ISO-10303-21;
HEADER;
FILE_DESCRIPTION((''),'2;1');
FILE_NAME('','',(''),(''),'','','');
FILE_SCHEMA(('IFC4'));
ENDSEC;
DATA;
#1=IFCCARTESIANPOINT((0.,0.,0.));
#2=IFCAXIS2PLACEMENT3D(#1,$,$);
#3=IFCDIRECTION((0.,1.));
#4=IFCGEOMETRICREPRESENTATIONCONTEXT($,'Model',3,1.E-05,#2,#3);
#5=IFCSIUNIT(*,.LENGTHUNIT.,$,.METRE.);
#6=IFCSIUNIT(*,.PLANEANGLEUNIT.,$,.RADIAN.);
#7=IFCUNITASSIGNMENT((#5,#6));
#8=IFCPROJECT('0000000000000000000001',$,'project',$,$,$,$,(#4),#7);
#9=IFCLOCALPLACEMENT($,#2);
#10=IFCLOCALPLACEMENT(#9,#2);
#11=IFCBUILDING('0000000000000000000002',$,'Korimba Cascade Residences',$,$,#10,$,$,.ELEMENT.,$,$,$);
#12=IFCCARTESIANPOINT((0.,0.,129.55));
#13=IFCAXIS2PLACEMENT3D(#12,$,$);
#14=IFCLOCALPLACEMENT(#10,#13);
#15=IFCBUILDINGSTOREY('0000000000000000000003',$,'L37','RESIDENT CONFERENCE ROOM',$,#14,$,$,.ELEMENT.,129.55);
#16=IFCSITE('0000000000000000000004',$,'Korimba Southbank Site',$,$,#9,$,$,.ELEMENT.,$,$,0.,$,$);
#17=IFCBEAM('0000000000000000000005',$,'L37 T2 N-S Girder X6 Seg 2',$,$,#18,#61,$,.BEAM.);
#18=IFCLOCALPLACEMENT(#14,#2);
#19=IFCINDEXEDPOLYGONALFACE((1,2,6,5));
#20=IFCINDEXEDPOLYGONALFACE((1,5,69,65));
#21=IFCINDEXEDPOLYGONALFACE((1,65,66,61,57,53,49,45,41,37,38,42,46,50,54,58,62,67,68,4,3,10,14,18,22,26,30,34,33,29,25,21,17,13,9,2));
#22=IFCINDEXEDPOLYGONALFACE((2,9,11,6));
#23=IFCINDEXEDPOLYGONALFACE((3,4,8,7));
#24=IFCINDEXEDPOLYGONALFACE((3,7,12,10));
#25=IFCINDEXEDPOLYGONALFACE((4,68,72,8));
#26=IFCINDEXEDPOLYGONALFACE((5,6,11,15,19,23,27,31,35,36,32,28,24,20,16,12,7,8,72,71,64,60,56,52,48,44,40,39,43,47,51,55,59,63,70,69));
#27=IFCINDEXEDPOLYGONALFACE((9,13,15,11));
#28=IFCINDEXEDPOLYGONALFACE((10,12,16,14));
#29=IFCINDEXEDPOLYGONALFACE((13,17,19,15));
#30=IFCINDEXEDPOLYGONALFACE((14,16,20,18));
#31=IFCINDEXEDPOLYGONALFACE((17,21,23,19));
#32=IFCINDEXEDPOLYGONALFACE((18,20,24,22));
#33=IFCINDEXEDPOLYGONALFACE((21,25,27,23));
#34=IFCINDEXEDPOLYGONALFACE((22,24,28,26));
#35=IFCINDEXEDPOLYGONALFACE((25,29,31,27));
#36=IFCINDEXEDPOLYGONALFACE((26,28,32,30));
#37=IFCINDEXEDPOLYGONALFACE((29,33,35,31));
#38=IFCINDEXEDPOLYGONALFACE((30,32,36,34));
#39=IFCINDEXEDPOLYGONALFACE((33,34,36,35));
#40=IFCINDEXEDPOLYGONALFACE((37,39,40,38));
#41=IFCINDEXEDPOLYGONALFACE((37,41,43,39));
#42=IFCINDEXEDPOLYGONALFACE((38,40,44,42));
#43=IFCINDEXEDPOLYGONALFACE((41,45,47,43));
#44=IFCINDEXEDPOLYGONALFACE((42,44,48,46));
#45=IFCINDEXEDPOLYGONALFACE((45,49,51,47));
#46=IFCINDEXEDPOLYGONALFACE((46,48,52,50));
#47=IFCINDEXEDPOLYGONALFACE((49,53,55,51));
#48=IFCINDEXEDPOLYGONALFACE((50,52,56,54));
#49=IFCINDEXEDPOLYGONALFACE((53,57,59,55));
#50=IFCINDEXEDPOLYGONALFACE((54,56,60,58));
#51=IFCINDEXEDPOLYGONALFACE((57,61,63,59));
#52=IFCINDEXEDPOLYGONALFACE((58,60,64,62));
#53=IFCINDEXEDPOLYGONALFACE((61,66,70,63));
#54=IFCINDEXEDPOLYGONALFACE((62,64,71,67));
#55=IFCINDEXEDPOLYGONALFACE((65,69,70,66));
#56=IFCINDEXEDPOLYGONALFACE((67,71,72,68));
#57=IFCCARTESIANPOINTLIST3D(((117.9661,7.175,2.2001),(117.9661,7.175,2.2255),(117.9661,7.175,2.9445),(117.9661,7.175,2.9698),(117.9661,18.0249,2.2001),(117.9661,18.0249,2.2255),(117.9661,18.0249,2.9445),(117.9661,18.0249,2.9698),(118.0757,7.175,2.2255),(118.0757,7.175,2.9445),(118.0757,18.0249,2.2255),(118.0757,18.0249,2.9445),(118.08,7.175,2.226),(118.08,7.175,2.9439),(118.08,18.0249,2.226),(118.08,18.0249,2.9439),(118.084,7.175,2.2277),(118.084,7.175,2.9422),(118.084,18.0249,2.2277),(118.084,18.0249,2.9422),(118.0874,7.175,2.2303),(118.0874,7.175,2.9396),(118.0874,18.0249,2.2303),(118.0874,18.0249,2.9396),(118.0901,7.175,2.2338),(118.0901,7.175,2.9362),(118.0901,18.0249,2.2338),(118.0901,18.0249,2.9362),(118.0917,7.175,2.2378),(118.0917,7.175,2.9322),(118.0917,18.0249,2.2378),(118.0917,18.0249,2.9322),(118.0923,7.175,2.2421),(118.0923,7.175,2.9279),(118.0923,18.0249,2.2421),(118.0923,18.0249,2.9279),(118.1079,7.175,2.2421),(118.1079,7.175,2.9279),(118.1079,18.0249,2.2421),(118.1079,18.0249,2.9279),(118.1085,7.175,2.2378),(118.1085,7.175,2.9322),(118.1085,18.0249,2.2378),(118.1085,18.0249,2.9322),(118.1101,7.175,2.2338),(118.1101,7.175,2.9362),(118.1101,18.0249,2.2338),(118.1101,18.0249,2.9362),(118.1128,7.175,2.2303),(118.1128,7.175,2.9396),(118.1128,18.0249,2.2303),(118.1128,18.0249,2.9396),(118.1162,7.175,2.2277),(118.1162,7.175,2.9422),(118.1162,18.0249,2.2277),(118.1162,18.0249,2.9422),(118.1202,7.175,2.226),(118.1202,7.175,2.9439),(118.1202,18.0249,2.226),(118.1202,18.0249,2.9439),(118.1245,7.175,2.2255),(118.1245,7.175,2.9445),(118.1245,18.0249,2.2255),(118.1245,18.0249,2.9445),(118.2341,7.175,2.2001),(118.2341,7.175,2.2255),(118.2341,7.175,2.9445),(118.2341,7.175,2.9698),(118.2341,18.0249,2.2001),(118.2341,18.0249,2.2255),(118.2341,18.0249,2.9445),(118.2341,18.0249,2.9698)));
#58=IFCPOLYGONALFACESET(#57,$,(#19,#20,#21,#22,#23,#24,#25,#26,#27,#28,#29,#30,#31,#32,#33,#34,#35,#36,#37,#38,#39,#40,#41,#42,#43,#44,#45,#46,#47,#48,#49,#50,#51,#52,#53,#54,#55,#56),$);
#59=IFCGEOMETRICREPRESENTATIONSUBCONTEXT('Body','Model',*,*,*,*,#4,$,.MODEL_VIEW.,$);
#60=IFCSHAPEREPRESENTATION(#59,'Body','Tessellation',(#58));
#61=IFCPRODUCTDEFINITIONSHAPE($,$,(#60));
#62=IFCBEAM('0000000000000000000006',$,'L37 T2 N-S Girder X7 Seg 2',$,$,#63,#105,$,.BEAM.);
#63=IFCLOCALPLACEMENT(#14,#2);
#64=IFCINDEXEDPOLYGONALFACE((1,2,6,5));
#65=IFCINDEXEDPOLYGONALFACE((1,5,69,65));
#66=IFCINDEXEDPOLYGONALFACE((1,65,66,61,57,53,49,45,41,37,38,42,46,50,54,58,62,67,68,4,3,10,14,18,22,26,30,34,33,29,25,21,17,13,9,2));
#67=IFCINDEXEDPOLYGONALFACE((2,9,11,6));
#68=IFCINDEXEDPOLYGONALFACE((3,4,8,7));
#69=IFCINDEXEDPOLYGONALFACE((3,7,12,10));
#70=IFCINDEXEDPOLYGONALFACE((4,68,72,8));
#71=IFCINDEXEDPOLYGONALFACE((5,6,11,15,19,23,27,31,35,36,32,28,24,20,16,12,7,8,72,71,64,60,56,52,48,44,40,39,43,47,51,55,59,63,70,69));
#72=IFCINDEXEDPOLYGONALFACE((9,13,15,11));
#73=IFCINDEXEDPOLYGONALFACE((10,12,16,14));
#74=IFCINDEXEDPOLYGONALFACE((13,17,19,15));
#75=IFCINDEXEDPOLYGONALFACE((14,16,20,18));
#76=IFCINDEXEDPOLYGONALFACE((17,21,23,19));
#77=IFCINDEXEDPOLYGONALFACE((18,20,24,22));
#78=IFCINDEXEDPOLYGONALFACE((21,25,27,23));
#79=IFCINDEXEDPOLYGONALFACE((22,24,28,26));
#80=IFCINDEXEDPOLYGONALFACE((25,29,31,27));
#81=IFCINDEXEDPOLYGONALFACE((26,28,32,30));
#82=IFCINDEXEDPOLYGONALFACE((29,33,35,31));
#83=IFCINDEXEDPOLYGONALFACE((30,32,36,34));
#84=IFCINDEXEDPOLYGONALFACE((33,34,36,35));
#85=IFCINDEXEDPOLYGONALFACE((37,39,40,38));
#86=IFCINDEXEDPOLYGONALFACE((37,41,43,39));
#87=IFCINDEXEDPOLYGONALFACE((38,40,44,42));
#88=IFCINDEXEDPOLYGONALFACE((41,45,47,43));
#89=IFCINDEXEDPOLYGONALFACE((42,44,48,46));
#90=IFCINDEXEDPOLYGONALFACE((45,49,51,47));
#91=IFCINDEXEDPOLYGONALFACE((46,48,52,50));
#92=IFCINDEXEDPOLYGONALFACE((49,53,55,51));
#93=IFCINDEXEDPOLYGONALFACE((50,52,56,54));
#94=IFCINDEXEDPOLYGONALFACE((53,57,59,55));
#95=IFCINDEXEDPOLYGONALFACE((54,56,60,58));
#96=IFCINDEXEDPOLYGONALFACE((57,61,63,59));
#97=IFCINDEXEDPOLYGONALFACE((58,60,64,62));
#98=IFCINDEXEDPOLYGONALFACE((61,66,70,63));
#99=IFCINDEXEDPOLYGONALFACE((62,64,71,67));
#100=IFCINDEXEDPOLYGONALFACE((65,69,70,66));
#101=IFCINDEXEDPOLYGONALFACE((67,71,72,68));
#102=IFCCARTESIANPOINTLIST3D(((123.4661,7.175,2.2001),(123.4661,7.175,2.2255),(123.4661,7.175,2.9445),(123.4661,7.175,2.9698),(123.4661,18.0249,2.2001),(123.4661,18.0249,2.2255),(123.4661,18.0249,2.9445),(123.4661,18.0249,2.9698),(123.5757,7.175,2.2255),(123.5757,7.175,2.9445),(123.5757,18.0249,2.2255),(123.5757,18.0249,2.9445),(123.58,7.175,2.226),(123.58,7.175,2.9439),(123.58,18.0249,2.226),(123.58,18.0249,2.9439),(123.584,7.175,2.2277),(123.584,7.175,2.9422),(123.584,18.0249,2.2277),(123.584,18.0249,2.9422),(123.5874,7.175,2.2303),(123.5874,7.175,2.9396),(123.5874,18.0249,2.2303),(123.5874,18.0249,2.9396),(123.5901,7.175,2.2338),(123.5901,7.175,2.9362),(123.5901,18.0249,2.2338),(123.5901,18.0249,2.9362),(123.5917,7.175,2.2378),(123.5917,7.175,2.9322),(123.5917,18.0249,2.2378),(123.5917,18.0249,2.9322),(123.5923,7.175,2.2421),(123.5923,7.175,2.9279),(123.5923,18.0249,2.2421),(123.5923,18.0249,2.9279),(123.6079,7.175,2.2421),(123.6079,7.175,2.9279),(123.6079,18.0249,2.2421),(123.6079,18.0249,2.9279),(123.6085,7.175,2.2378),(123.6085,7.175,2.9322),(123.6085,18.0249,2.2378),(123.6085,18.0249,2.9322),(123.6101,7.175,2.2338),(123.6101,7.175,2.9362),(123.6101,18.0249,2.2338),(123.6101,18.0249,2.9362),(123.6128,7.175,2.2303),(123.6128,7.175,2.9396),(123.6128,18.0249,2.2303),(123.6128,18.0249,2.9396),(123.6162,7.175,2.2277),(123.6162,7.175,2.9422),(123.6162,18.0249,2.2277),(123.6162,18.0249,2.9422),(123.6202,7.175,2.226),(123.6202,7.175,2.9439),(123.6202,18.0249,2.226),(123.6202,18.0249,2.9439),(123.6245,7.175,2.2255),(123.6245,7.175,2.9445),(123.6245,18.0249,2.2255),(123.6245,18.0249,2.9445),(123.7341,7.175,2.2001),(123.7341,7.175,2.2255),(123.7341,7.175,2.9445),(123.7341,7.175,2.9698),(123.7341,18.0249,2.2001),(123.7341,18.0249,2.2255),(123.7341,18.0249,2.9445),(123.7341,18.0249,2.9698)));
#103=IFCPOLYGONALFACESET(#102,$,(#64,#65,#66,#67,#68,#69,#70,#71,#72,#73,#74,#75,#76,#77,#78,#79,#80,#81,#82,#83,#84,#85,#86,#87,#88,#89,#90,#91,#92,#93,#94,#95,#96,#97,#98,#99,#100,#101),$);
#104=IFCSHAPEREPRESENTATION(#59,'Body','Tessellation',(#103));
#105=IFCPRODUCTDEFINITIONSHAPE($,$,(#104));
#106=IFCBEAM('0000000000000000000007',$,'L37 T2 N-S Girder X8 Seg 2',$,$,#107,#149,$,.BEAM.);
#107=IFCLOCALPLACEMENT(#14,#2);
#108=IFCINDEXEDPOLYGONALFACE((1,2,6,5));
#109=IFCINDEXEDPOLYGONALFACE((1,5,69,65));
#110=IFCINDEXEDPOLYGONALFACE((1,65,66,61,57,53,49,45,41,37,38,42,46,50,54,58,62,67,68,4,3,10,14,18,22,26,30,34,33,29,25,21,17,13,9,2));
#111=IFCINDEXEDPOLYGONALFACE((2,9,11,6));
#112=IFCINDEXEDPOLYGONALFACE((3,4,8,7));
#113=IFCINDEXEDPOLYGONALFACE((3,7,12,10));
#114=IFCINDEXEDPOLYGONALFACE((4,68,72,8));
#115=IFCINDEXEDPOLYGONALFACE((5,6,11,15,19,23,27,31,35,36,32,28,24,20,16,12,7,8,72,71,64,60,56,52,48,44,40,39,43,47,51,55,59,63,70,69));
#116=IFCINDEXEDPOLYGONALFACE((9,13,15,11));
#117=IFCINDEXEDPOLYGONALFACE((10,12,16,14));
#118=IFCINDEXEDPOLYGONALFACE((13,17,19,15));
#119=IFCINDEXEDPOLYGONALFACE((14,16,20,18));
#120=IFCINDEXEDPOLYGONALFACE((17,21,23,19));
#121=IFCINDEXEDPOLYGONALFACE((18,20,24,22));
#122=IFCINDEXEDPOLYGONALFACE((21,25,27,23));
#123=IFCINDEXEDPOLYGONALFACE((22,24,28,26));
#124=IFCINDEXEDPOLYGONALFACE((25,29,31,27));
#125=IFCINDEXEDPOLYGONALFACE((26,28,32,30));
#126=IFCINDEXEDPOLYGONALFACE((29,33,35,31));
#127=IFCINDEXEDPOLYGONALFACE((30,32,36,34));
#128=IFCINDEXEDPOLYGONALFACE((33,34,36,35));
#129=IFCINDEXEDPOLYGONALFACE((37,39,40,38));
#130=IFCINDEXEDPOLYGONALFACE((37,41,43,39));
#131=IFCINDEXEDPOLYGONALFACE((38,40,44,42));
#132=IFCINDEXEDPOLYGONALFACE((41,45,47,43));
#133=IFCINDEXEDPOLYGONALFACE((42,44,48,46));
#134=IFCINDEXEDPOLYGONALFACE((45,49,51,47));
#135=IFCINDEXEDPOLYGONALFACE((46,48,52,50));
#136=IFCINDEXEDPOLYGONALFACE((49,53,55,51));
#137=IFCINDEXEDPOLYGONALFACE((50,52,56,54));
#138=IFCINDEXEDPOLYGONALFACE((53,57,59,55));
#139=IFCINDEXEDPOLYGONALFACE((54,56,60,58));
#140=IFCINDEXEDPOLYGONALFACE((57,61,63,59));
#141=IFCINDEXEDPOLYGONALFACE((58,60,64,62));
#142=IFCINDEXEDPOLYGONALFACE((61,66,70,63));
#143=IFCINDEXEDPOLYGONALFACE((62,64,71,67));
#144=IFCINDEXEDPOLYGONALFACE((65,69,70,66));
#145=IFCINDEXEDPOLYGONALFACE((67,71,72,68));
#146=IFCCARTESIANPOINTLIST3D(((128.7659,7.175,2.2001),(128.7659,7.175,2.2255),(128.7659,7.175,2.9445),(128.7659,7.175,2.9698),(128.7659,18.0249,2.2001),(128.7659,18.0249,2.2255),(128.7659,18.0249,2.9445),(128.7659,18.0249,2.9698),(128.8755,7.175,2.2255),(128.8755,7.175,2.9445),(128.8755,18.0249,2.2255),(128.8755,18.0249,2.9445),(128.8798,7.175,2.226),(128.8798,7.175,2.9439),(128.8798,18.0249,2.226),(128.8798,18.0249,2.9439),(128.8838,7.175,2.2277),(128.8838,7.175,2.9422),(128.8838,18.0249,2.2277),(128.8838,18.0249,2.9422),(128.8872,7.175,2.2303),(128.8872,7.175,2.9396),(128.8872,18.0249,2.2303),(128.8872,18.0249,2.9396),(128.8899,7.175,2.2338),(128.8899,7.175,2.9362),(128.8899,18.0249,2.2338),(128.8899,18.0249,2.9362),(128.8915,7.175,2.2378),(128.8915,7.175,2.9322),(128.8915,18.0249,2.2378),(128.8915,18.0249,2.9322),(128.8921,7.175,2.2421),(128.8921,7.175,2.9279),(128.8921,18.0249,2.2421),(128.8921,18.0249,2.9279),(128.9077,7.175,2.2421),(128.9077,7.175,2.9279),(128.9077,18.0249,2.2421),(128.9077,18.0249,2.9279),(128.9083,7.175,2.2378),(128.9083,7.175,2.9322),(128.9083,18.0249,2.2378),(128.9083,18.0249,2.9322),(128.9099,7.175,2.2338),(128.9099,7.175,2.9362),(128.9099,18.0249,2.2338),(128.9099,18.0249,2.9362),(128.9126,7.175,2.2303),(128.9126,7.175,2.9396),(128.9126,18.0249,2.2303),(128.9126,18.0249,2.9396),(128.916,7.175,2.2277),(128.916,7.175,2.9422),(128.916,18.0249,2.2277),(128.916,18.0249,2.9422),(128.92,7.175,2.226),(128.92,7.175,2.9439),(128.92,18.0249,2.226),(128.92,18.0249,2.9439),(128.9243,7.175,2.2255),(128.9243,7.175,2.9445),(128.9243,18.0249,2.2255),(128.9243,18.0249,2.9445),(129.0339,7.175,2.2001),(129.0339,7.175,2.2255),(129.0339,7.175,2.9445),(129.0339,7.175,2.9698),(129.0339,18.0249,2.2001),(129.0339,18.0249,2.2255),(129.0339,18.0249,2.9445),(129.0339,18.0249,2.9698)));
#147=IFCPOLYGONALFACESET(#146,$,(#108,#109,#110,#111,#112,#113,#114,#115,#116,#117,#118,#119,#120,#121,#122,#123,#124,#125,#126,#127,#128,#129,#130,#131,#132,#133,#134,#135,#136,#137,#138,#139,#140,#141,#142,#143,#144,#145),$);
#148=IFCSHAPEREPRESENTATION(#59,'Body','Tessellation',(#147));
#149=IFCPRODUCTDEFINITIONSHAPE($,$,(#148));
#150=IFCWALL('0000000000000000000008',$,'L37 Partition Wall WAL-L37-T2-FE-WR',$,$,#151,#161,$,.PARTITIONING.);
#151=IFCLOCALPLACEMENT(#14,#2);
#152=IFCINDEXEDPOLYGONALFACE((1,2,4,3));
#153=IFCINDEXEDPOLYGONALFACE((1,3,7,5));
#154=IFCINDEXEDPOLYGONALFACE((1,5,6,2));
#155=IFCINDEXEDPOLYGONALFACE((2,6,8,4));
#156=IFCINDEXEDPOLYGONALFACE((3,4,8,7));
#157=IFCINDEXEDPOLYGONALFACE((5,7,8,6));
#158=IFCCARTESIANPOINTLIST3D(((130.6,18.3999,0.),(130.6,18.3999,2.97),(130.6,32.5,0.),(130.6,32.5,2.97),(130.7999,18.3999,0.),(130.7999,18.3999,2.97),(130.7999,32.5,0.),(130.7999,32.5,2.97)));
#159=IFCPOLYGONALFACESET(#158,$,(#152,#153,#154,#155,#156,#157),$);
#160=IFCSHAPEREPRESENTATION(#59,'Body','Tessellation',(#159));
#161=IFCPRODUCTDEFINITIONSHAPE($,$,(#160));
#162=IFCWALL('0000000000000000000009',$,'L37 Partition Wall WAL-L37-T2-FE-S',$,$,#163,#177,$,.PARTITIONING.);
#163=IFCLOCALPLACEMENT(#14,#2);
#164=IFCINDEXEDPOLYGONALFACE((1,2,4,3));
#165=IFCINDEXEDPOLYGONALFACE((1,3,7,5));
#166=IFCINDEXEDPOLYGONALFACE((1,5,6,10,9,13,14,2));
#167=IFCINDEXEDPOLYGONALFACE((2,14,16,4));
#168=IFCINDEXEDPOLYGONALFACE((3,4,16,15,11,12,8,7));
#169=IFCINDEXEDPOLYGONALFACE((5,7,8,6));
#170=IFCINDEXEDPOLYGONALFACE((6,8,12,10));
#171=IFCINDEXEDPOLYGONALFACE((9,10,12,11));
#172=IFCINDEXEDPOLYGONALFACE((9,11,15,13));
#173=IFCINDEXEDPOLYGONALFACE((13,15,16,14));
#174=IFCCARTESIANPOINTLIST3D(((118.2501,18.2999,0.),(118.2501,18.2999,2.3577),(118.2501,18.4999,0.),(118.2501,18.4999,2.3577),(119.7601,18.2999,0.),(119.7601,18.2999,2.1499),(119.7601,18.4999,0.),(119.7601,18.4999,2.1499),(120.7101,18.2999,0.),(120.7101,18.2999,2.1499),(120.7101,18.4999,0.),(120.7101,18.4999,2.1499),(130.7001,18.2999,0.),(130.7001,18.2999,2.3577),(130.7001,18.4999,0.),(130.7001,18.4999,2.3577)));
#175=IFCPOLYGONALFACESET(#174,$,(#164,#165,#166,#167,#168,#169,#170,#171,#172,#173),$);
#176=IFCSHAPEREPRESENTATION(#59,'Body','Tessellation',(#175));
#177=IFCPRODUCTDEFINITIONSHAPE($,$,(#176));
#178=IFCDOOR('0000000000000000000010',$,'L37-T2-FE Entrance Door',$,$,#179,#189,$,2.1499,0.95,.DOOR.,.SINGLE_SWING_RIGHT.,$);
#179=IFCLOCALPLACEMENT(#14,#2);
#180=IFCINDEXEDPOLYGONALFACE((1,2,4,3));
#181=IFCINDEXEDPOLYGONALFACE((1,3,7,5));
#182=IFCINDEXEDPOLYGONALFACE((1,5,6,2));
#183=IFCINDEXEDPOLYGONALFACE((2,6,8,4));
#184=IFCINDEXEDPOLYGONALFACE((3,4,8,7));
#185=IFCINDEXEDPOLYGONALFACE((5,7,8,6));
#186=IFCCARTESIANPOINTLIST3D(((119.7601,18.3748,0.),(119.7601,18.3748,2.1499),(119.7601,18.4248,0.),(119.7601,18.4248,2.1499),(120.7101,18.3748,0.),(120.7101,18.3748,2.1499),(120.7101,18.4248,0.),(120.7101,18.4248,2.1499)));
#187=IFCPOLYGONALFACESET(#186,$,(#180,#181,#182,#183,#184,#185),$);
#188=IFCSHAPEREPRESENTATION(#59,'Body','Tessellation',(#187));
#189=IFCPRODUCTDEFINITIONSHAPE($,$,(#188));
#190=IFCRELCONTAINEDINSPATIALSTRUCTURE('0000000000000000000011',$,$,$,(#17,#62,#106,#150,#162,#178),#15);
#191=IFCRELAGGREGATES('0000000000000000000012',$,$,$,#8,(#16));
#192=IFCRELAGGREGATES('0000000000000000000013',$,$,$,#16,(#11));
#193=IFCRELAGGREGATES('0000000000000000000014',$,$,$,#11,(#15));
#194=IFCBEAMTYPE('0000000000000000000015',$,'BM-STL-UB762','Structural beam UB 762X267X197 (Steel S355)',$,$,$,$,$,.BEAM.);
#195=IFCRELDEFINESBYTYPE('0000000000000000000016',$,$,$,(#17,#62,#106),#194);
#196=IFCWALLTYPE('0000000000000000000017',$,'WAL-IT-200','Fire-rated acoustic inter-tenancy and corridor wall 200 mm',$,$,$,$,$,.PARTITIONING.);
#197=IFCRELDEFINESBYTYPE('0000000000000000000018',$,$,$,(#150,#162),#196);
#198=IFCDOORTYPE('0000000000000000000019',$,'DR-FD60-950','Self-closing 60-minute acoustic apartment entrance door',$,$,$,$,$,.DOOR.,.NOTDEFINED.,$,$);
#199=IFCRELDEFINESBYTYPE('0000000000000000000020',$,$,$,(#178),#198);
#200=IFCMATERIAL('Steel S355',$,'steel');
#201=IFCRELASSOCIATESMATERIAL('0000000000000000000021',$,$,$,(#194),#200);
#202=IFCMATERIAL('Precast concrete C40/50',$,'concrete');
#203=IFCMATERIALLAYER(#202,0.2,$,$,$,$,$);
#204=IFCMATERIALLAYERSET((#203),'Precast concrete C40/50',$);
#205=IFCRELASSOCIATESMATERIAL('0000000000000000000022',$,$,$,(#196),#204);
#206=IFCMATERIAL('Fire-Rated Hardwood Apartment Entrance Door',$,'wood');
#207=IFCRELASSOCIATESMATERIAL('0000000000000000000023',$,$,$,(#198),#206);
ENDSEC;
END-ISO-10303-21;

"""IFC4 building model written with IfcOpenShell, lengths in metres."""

from ifc_helpers import new_model, si_unit, direction, frame, frame_2d, origin, origin_2d, place, context, subcontext, project, spatial, rectangle, i_section, extrude, material, layer, layer_set, material_profile, profile_set, type_object, element, fill, save


model = new_model("IFC4")

# Units and contexts
model_context = context("Model", 3, precision=1e-05, world=origin(), true_north=direction((0.0, 1.0)))
body_context = subcontext(model_context, "Body", "Model", "MODEL_VIEW")
ifc_project = project(units=[si_unit("LENGTHUNIT", "METRE"), si_unit("PLANEANGLEUNIT", "RADIAN")], contexts=[model_context])

# Site, building, storey
site_placement = place(None, origin())
site = spatial("IfcSite", under=ifc_project, at=site_placement, Name="Korimba Southbank Site", CompositionType="ELEMENT", RefElevation=0.0)
building_placement = place(site_placement, origin())
building = spatial("IfcBuilding", under=site, at=building_placement, Name="Korimba Cascade Residences", CompositionType="ELEMENT")
storey_placement = place(building_placement, frame((0.0, 0.0, 129.55)))
storey = spatial("IfcBuildingStorey", under=building, at=storey_placement, Name="L37", Description="RESIDENT CONFERENCE ROOM", CompositionType="ELEMENT", Elevation=129.55)

# Beams
ifc_material_1 = material(Name="Steel S355", Category="steel")
ifc_material_profile_1 = material_profile(ifc_material_1, i_section(OverallWidth=0.2681, OverallDepth=0.7698, WebThickness=0.0156, FlangeThickness=0.0254, FilletRadius=0.0166, at=origin_2d()), Name="Steel S355")
ifc_profile_set_1 = profile_set([ifc_material_profile_1], Name="Steel S355")
beam_type_1 = type_object("IfcBeamType", Name="BM-STL-UB762", Description="Structural beam UB 762X267X197 (Steel S355)", PredefinedType="BEAM", material=ifc_profile_set_1)
for number, where, z_axis, x_axis, name in (
    (1, (118.1001, 7.175, 2.585), (0.0, 1.0, 0.0), (-1.0, 0.0, 0.0), "L37 T2 N-S Girder X6 Seg 2"),
    (2, (123.6001, 7.175, 2.585), (0.0, 1.0, 0.0), (-1.0, 0.0, 0.0), "L37 T2 N-S Girder X7 Seg 2"),
    (3, (128.8999, 7.175, 2.585), (0.0, 1.0, 0.0), (-1.0, 0.0, 0.0), "L37 T2 N-S Girder X8 Seg 2"),
):
    element("IfcBeam", number, at=place(storey_placement, frame(where, z_axis=z_axis, x_axis=x_axis)), inside=storey, type_object=beam_type_1, Name=name, PredefinedType="BEAM", context=body_context, shape_type="SweptSolid", body=[
        extrude(i_section(OverallWidth=0.2681, OverallDepth=0.7698, WebThickness=0.0156, FlangeThickness=0.0254, FilletRadius=0.0166, at=origin_2d()), origin(), (0.0, 0.0, 1.0), 10.8499),
    ])

# Wall
ifc_material_2 = material(Name="Precast concrete C40/50", Category="concrete")
ifc_layer_1 = layer(ifc_material_2, 0.2)
ifc_layer_set_1 = layer_set([ifc_layer_1], Name="Precast concrete C40/50")
wall_type_1 = type_object("IfcWallType", Name="WAL-IT-200", Description="Fire-rated acoustic inter-tenancy and corridor wall 200 mm", PredefinedType="PARTITIONING", material=ifc_layer_set_1)
wall_1_placement = place(storey_placement, frame((130.7, 18.3999, 0.0), z_axis=(0.0, 0.0, 1.0), x_axis=(0.0, 1.0, 0.0)))
element("IfcWall", 4, at=wall_1_placement, inside=storey, type_object=wall_type_1, Name="L37 Partition Wall WAL-L37-T2-FE-WR", PredefinedType="PARTITIONING", context=body_context, shape_type="SweptSolid", body=[
    extrude(rectangle(XDim=14.1001, YDim=0.2, at=frame_2d((7.05, 0.0))), origin(), (0.0, 0.0, 1.0), 2.97),
])

# Wall, opening, door
wall_2_placement = place(storey_placement, frame((118.25, 18.3999, 0.0), z_axis=(0.0, 0.0, 1.0), x_axis=(1.0, 0.0, 0.0)))
wall_2 = element("IfcWall", 5, at=wall_2_placement, inside=storey, type_object=wall_type_1, Name="L37 Partition Wall WAL-L37-T2-FE-S", PredefinedType="PARTITIONING", context=body_context, shape_type="SweptSolid", body=[
    extrude(rectangle(XDim=12.45, YDim=0.2, at=frame_2d((6.2251, 0.0))), origin(), (0.0, 0.0, 1.0), 2.3577),
])
opening_1_placement = place(wall_2_placement, frame((1.51, 0.0, 0.0)))
opening_1 = element("IfcOpeningElement", 6, at=opening_1_placement, cuts=wall_2, PredefinedType="OPENING", context=body_context, shape_type="SweptSolid", body=[
    extrude(rectangle(XDim=0.95, YDim=2.1499, at=frame_2d((0.4751, 1.075))), frame((0.0, 0.1099, 0.0), z_axis=(0.0, -1.0, 0.0), x_axis=(1.0, 0.0, 0.0)), (0.0, 0.0, 1.0), 0.22),
])
ifc_material_3 = material(Name="Fire-Rated Hardwood Apartment Entrance Door", Category="wood")
door_type_1 = type_object("IfcDoorType", Name="DR-FD60-950", Description="Self-closing 60-minute acoustic apartment entrance door", OperationType="NOTDEFINED", PredefinedType="DOOR", material=ifc_material_3)
door_1_placement = place(opening_1_placement, origin())
door_1 = element("IfcDoor", 7, at=door_1_placement, inside=storey, type_object=door_type_1, Name="L37-T2-FE Entrance Door", OperationType="SINGLE_SWING_RIGHT", OverallHeight=2.1499, OverallWidth=0.95, PredefinedType="DOOR", context=body_context, shape_type="SweptSolid", body=[
    extrude(rectangle(XDim=0.95, YDim=2.1499, at=frame_2d((0.4751, 1.075))), frame((0.0, 0.0249, 0.0), z_axis=(0.0, -1.0, 0.0), x_axis=(1.0, 0.0, 0.0)), (0.0, 0.0, 1.0), 0.05),
])
fill(opening_1, door_1)

save(model, "model.ifc")
